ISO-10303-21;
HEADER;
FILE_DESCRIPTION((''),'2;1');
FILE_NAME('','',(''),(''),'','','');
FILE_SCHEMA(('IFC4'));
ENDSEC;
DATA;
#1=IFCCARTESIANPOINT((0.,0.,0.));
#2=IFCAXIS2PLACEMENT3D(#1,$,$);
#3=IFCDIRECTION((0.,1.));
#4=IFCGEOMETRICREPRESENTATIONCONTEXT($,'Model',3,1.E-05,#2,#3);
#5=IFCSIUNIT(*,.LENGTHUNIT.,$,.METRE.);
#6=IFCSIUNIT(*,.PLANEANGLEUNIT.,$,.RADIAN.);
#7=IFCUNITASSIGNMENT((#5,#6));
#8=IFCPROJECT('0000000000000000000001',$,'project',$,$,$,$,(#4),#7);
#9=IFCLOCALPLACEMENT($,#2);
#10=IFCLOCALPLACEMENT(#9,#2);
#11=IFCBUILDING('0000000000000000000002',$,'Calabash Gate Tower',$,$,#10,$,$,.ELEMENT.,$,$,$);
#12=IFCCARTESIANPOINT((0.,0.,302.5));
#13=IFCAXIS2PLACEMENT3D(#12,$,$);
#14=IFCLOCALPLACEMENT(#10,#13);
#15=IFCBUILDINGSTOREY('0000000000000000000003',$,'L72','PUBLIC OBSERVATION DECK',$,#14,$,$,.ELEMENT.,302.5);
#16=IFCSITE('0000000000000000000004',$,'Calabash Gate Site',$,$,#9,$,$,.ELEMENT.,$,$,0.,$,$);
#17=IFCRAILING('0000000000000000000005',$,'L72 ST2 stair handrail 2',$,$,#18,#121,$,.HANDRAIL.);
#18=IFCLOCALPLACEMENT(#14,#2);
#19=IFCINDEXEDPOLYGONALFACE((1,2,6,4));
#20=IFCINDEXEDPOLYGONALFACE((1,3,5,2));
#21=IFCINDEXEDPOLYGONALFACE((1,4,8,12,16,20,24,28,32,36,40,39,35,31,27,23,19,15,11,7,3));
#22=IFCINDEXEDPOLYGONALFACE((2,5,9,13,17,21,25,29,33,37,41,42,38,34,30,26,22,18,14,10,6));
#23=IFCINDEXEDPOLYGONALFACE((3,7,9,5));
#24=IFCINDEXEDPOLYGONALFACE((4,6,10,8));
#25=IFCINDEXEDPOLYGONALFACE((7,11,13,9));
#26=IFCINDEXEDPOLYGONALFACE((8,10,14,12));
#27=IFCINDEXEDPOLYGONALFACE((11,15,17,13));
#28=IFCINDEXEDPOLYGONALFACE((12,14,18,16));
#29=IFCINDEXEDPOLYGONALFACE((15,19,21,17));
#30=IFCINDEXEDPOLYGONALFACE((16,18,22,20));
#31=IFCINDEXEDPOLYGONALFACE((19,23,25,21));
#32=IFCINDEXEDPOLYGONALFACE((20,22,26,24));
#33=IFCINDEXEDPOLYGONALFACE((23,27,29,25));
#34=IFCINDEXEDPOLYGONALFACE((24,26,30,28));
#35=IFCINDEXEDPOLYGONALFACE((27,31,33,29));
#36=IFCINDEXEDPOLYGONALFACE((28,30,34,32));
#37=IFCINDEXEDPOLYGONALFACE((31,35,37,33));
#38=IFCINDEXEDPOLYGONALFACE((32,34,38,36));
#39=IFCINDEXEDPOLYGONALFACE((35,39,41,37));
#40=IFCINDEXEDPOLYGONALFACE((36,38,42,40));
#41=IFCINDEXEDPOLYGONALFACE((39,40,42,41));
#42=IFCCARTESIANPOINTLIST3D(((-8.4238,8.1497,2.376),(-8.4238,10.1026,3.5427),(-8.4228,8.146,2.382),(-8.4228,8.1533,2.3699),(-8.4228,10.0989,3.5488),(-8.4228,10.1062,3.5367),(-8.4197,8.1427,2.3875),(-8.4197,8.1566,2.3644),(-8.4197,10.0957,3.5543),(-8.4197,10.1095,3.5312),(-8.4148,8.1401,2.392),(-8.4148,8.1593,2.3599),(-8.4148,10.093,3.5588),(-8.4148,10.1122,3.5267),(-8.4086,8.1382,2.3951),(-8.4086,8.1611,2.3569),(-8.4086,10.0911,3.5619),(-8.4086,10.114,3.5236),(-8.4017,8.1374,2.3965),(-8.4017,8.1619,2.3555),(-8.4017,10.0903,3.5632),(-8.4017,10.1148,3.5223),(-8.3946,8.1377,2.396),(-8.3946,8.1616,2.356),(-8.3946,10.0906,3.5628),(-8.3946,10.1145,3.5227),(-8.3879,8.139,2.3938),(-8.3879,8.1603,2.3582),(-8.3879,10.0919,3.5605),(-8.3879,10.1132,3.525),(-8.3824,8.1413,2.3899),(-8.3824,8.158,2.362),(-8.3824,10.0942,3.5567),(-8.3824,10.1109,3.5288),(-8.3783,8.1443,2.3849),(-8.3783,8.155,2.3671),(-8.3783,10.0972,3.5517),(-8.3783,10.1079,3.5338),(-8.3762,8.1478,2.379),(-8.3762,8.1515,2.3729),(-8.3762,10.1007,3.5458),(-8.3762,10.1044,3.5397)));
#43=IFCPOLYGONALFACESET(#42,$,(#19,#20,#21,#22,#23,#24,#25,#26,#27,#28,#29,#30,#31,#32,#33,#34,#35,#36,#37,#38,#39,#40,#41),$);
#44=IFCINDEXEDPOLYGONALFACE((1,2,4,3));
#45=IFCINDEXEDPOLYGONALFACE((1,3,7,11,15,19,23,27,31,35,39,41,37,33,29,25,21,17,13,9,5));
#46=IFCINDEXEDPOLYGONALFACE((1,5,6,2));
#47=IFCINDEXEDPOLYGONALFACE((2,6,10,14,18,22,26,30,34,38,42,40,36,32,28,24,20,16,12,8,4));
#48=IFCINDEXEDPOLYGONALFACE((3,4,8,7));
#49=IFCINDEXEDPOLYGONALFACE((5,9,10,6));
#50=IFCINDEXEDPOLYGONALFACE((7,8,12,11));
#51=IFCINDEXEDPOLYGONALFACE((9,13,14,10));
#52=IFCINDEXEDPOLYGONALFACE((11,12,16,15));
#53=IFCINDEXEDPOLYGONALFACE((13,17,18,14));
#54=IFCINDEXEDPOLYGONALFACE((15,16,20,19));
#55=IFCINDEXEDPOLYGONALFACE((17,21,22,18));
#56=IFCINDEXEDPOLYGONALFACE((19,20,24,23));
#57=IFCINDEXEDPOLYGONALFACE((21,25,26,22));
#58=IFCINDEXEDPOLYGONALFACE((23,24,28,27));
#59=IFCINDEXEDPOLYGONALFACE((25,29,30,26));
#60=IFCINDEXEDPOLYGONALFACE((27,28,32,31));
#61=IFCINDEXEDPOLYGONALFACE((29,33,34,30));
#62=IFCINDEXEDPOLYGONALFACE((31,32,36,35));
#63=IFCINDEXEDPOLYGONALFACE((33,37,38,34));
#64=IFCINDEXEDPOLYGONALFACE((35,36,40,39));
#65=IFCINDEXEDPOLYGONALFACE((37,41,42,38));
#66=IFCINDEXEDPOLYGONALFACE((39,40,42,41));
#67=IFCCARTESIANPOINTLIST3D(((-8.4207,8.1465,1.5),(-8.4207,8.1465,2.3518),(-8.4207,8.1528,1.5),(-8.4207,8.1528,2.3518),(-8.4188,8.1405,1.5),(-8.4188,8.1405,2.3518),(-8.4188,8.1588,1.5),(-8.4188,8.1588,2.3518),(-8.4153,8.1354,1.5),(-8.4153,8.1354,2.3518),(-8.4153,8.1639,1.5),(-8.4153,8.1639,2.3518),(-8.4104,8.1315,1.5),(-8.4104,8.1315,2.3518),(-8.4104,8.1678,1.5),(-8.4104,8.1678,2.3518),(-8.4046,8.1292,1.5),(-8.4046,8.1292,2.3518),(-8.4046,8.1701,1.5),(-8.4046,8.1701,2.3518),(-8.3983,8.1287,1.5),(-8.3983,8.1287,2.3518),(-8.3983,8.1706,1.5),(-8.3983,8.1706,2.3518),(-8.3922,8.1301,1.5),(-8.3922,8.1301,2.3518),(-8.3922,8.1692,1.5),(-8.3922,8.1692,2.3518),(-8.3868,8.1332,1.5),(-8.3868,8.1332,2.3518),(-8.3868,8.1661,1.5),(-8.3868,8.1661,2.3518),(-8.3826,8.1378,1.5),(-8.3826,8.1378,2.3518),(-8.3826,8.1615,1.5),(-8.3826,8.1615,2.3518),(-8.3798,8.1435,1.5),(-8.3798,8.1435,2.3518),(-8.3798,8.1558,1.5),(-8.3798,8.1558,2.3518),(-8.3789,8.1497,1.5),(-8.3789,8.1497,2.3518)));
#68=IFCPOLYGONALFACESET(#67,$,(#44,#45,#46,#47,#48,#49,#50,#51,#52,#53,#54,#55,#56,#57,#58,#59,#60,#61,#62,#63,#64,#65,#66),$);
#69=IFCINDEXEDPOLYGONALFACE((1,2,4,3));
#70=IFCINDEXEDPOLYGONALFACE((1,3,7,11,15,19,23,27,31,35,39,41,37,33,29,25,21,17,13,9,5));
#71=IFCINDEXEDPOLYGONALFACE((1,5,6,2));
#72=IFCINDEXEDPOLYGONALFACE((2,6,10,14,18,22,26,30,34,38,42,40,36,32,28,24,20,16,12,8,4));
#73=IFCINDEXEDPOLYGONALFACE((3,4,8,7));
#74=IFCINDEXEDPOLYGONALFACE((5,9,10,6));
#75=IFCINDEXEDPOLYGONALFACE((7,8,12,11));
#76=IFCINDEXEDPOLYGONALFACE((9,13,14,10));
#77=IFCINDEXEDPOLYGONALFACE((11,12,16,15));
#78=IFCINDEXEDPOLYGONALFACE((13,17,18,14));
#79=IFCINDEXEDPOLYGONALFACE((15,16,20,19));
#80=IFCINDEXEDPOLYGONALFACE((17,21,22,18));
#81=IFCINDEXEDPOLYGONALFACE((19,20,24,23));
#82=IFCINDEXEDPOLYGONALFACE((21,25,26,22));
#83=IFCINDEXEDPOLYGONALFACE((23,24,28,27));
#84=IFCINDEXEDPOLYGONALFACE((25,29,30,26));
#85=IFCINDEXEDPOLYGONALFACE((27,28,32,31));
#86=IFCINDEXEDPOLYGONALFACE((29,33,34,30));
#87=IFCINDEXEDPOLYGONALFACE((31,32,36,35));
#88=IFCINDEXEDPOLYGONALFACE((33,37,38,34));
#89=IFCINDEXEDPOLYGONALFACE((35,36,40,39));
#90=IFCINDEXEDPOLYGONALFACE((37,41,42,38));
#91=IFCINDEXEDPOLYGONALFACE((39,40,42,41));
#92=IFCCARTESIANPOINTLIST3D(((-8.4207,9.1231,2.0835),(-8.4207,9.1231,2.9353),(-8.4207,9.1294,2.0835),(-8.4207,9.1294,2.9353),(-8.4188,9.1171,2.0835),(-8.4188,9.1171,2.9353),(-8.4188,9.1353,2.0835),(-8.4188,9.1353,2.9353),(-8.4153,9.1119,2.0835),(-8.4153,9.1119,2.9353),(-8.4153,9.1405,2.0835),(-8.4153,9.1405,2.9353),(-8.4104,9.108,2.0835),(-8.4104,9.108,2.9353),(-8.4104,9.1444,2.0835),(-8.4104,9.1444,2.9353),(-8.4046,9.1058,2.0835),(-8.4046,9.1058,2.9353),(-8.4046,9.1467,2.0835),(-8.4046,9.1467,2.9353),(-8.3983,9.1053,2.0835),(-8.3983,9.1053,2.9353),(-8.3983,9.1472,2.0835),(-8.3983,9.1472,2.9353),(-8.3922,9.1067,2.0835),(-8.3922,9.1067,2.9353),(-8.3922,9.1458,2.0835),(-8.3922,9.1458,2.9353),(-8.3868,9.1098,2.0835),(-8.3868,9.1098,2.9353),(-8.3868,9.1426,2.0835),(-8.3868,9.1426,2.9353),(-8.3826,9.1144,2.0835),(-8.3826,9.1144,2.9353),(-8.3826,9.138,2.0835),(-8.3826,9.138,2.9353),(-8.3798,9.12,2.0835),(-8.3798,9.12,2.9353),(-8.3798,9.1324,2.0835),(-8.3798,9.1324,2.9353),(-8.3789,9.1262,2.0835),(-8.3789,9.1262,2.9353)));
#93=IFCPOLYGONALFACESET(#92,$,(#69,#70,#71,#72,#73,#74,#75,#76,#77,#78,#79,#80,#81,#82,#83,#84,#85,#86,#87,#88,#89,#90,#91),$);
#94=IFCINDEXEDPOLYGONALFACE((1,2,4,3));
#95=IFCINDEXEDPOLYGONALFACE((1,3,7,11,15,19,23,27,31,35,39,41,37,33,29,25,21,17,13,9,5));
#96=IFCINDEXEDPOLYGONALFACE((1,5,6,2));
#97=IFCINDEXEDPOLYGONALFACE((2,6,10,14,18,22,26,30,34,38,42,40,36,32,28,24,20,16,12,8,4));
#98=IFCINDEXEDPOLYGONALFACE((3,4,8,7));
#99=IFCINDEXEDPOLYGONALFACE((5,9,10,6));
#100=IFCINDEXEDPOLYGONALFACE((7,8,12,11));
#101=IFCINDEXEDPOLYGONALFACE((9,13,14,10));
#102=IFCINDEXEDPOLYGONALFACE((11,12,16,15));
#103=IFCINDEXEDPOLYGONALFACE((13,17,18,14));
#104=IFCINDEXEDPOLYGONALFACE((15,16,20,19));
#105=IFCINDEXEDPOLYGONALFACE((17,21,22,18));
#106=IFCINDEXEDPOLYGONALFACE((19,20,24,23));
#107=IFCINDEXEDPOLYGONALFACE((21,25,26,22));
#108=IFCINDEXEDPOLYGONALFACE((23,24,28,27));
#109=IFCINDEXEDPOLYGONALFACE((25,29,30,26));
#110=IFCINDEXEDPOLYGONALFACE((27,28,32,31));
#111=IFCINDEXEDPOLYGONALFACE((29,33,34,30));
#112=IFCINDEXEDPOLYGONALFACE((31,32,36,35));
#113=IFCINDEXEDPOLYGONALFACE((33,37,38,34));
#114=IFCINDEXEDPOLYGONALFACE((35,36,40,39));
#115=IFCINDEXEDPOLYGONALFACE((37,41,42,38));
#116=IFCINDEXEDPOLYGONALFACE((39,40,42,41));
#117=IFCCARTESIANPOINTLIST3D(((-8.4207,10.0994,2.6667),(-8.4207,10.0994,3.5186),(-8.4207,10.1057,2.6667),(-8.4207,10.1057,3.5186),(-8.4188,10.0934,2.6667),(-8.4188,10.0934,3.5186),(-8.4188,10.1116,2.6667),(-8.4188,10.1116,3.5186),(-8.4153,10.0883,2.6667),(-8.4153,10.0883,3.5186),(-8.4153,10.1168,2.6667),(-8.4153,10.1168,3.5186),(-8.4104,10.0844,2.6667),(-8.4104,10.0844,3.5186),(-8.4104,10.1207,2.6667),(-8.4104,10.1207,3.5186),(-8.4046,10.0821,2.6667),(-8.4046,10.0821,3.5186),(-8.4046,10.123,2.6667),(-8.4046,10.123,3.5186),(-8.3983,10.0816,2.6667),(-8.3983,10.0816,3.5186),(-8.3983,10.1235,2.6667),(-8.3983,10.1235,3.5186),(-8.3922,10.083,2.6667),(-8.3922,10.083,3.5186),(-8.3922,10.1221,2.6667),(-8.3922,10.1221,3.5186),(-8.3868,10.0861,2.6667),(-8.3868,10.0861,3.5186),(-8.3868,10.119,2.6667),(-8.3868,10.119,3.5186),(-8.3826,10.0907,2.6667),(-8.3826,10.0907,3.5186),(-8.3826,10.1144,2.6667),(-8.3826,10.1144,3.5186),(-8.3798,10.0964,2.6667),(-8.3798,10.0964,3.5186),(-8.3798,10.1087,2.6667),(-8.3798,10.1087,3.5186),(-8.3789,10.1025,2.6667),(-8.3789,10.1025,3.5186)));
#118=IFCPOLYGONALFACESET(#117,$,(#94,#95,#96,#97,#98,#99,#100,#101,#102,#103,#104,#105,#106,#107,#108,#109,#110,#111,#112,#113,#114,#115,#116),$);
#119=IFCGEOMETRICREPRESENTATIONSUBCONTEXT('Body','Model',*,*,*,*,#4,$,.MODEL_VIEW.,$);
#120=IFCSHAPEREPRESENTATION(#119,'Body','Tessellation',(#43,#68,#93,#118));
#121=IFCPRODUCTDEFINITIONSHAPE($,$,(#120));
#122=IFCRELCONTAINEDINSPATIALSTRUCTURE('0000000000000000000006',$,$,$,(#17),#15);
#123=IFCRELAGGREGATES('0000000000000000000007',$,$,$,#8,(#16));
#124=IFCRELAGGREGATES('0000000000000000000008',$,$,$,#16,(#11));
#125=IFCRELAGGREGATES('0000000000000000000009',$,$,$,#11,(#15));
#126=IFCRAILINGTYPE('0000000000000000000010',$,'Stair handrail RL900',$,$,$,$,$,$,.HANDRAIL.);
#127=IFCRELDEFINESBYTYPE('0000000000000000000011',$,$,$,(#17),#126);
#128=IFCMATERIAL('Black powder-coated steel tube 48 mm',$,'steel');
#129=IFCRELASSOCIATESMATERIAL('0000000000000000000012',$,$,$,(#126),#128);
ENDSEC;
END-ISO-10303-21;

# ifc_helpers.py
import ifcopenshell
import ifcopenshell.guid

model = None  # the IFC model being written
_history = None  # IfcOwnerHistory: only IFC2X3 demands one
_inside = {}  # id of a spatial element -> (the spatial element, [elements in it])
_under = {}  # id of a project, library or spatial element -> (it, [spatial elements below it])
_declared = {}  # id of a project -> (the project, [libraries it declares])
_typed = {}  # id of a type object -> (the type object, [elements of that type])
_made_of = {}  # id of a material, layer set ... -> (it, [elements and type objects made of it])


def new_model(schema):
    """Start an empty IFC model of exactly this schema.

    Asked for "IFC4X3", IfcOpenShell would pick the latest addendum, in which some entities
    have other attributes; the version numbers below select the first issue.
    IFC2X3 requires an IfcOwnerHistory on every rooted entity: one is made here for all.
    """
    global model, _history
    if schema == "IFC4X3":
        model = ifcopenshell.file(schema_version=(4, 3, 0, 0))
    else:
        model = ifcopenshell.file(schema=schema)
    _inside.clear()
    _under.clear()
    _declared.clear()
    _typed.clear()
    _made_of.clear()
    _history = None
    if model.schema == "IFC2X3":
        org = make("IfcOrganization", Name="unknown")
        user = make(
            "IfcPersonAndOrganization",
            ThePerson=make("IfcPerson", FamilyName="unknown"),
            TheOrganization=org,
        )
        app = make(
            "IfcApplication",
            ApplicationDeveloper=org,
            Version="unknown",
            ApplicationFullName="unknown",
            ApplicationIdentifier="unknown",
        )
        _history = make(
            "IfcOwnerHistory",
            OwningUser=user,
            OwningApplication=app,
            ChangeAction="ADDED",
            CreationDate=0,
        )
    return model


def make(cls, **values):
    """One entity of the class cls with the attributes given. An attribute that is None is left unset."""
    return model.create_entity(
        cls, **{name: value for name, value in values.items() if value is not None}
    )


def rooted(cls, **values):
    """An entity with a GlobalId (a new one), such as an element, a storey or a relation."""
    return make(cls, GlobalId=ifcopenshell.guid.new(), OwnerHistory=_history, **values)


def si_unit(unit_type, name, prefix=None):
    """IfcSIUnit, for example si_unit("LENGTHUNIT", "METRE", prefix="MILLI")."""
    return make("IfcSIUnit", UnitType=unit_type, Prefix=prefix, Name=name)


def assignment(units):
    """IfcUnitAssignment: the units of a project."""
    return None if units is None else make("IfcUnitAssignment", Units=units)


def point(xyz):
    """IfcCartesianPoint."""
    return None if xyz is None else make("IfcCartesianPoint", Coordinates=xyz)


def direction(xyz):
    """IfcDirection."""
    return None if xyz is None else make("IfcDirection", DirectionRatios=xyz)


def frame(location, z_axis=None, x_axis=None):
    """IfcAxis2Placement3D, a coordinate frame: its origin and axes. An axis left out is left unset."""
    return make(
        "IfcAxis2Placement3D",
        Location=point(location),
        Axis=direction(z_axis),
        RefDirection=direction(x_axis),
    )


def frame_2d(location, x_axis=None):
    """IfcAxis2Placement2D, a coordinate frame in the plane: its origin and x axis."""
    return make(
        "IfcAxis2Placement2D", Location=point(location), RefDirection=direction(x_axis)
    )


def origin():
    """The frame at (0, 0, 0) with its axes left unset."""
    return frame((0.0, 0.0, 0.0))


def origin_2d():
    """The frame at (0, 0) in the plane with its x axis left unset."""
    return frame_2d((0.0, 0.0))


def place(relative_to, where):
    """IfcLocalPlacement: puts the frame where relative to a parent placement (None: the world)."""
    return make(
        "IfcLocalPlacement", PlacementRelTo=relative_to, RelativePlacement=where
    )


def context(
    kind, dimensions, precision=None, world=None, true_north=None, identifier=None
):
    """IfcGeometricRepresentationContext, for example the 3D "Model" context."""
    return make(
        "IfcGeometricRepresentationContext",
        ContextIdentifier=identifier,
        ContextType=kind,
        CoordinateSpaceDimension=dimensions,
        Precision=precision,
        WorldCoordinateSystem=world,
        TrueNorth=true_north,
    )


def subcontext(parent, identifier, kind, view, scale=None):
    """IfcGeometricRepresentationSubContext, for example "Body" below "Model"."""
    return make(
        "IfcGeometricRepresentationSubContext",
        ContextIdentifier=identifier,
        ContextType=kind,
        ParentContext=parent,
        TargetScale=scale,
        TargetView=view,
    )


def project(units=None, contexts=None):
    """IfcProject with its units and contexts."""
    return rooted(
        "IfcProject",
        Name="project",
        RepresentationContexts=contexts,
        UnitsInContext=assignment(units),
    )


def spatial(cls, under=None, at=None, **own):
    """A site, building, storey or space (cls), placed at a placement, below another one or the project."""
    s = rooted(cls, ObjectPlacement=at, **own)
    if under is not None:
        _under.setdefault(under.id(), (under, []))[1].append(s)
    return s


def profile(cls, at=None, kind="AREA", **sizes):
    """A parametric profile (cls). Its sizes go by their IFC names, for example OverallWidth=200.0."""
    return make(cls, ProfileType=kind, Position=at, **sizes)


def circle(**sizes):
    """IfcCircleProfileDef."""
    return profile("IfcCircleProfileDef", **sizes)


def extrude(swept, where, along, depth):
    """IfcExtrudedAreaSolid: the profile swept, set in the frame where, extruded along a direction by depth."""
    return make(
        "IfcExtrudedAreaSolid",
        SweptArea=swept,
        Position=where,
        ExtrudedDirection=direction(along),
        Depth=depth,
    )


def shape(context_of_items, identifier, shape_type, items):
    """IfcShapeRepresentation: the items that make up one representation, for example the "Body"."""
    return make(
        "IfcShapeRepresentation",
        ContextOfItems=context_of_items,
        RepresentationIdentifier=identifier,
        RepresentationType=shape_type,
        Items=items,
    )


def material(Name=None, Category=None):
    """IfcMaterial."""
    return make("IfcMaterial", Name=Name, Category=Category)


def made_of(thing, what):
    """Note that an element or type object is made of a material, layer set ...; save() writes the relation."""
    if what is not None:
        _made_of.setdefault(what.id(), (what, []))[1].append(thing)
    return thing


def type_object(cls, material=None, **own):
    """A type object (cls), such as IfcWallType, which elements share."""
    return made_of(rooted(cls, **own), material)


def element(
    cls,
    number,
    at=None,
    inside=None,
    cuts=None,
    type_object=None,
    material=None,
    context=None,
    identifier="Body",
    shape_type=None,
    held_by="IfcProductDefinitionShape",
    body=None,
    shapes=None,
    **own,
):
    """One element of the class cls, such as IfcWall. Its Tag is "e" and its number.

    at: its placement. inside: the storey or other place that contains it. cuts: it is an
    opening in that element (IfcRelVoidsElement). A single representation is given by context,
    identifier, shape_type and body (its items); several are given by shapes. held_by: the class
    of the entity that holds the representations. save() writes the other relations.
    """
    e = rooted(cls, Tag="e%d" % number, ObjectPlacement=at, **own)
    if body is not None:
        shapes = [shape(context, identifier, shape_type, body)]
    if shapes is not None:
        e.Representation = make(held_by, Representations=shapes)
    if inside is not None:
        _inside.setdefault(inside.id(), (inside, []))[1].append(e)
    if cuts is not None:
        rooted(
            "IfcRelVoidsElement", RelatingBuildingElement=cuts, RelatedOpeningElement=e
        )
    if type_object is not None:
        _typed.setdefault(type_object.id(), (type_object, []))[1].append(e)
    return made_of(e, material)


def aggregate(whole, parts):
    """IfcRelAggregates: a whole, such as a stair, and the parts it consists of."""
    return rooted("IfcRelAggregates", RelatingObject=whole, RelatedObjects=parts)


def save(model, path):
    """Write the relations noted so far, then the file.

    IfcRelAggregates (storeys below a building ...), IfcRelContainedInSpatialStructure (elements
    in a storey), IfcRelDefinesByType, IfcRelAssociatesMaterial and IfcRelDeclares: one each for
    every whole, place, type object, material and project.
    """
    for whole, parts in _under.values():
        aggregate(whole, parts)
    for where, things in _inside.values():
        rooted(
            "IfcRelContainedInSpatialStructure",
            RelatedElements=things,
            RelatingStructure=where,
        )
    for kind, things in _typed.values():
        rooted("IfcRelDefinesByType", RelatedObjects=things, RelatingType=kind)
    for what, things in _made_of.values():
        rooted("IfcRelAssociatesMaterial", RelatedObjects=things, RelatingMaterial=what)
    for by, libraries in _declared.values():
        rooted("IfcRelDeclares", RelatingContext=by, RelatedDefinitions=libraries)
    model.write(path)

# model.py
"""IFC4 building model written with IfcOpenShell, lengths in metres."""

from ifc_helpers import new_model, si_unit, direction, frame, origin, origin_2d, place, context, subcontext, project, spatial, circle, extrude, material, type_object, element, save


model = new_model("IFC4")

# Units and contexts
model_context = context("Model", 3, precision=1e-05, world=origin(), true_north=direction((0.0, 1.0)))
body_context = subcontext(model_context, "Body", "Model", "MODEL_VIEW")
ifc_project = project(units=[si_unit("LENGTHUNIT", "METRE"), si_unit("PLANEANGLEUNIT", "RADIAN")], contexts=[model_context])

# Site, building, storey
site_placement = place(None, origin())
site = spatial("IfcSite", under=ifc_project, at=site_placement, Name="Calabash Gate Site", CompositionType="ELEMENT", RefElevation=0.0)
building_placement = place(site_placement, origin())
building = spatial("IfcBuilding", under=site, at=building_placement, Name="Calabash Gate Tower", CompositionType="ELEMENT")
storey_placement = place(building_placement, frame((0.0, 0.0, 302.5)))
storey = spatial("IfcBuildingStorey", under=building, at=storey_placement, Name="L72", Description="PUBLIC OBSERVATION DECK", CompositionType="ELEMENT", Elevation=302.5)

# Railing
ifc_material_1 = material(Name="Black powder-coated steel tube 48 mm", Category="steel")
railing_type_1 = type_object("IfcRailingType", Name="Stair handrail RL900", PredefinedType="HANDRAIL", material=ifc_material_1)
railing_1_placement = place(storey_placement, frame((-8.3999, 8.1497, 1.5)))
element("IfcRailing", 1, at=railing_1_placement, inside=storey, type_object=railing_type_1, Name="L72 ST2 stair handrail 2", PredefinedType="HANDRAIL", context=body_context, shape_type="SweptSolid", body=[
    extrude(circle(Radius=0.0239, at=origin_2d()), frame((0.0, 0.0, 0.876), z_axis=(0.0, 0.858457, 0.512885), x_axis=(-1.0, 0.0, 0.0)), (0.0, 0.0, 1.0), 2.2749),
    extrude(circle(Radius=0.021, at=origin_2d()), origin(), (0.0, 0.0, 1.0), 0.8518),
    extrude(circle(Radius=0.021, at=origin_2d()), frame((0.0, 0.9766, 0.5835)), (0.0, 0.0, 1.0), 0.8518),
    extrude(circle(Radius=0.021, at=origin_2d()), frame((0.0, 1.9529, 1.1667)), (0.0, 0.0, 1.0), 0.8518),
])

save(model, "model.ifc")
